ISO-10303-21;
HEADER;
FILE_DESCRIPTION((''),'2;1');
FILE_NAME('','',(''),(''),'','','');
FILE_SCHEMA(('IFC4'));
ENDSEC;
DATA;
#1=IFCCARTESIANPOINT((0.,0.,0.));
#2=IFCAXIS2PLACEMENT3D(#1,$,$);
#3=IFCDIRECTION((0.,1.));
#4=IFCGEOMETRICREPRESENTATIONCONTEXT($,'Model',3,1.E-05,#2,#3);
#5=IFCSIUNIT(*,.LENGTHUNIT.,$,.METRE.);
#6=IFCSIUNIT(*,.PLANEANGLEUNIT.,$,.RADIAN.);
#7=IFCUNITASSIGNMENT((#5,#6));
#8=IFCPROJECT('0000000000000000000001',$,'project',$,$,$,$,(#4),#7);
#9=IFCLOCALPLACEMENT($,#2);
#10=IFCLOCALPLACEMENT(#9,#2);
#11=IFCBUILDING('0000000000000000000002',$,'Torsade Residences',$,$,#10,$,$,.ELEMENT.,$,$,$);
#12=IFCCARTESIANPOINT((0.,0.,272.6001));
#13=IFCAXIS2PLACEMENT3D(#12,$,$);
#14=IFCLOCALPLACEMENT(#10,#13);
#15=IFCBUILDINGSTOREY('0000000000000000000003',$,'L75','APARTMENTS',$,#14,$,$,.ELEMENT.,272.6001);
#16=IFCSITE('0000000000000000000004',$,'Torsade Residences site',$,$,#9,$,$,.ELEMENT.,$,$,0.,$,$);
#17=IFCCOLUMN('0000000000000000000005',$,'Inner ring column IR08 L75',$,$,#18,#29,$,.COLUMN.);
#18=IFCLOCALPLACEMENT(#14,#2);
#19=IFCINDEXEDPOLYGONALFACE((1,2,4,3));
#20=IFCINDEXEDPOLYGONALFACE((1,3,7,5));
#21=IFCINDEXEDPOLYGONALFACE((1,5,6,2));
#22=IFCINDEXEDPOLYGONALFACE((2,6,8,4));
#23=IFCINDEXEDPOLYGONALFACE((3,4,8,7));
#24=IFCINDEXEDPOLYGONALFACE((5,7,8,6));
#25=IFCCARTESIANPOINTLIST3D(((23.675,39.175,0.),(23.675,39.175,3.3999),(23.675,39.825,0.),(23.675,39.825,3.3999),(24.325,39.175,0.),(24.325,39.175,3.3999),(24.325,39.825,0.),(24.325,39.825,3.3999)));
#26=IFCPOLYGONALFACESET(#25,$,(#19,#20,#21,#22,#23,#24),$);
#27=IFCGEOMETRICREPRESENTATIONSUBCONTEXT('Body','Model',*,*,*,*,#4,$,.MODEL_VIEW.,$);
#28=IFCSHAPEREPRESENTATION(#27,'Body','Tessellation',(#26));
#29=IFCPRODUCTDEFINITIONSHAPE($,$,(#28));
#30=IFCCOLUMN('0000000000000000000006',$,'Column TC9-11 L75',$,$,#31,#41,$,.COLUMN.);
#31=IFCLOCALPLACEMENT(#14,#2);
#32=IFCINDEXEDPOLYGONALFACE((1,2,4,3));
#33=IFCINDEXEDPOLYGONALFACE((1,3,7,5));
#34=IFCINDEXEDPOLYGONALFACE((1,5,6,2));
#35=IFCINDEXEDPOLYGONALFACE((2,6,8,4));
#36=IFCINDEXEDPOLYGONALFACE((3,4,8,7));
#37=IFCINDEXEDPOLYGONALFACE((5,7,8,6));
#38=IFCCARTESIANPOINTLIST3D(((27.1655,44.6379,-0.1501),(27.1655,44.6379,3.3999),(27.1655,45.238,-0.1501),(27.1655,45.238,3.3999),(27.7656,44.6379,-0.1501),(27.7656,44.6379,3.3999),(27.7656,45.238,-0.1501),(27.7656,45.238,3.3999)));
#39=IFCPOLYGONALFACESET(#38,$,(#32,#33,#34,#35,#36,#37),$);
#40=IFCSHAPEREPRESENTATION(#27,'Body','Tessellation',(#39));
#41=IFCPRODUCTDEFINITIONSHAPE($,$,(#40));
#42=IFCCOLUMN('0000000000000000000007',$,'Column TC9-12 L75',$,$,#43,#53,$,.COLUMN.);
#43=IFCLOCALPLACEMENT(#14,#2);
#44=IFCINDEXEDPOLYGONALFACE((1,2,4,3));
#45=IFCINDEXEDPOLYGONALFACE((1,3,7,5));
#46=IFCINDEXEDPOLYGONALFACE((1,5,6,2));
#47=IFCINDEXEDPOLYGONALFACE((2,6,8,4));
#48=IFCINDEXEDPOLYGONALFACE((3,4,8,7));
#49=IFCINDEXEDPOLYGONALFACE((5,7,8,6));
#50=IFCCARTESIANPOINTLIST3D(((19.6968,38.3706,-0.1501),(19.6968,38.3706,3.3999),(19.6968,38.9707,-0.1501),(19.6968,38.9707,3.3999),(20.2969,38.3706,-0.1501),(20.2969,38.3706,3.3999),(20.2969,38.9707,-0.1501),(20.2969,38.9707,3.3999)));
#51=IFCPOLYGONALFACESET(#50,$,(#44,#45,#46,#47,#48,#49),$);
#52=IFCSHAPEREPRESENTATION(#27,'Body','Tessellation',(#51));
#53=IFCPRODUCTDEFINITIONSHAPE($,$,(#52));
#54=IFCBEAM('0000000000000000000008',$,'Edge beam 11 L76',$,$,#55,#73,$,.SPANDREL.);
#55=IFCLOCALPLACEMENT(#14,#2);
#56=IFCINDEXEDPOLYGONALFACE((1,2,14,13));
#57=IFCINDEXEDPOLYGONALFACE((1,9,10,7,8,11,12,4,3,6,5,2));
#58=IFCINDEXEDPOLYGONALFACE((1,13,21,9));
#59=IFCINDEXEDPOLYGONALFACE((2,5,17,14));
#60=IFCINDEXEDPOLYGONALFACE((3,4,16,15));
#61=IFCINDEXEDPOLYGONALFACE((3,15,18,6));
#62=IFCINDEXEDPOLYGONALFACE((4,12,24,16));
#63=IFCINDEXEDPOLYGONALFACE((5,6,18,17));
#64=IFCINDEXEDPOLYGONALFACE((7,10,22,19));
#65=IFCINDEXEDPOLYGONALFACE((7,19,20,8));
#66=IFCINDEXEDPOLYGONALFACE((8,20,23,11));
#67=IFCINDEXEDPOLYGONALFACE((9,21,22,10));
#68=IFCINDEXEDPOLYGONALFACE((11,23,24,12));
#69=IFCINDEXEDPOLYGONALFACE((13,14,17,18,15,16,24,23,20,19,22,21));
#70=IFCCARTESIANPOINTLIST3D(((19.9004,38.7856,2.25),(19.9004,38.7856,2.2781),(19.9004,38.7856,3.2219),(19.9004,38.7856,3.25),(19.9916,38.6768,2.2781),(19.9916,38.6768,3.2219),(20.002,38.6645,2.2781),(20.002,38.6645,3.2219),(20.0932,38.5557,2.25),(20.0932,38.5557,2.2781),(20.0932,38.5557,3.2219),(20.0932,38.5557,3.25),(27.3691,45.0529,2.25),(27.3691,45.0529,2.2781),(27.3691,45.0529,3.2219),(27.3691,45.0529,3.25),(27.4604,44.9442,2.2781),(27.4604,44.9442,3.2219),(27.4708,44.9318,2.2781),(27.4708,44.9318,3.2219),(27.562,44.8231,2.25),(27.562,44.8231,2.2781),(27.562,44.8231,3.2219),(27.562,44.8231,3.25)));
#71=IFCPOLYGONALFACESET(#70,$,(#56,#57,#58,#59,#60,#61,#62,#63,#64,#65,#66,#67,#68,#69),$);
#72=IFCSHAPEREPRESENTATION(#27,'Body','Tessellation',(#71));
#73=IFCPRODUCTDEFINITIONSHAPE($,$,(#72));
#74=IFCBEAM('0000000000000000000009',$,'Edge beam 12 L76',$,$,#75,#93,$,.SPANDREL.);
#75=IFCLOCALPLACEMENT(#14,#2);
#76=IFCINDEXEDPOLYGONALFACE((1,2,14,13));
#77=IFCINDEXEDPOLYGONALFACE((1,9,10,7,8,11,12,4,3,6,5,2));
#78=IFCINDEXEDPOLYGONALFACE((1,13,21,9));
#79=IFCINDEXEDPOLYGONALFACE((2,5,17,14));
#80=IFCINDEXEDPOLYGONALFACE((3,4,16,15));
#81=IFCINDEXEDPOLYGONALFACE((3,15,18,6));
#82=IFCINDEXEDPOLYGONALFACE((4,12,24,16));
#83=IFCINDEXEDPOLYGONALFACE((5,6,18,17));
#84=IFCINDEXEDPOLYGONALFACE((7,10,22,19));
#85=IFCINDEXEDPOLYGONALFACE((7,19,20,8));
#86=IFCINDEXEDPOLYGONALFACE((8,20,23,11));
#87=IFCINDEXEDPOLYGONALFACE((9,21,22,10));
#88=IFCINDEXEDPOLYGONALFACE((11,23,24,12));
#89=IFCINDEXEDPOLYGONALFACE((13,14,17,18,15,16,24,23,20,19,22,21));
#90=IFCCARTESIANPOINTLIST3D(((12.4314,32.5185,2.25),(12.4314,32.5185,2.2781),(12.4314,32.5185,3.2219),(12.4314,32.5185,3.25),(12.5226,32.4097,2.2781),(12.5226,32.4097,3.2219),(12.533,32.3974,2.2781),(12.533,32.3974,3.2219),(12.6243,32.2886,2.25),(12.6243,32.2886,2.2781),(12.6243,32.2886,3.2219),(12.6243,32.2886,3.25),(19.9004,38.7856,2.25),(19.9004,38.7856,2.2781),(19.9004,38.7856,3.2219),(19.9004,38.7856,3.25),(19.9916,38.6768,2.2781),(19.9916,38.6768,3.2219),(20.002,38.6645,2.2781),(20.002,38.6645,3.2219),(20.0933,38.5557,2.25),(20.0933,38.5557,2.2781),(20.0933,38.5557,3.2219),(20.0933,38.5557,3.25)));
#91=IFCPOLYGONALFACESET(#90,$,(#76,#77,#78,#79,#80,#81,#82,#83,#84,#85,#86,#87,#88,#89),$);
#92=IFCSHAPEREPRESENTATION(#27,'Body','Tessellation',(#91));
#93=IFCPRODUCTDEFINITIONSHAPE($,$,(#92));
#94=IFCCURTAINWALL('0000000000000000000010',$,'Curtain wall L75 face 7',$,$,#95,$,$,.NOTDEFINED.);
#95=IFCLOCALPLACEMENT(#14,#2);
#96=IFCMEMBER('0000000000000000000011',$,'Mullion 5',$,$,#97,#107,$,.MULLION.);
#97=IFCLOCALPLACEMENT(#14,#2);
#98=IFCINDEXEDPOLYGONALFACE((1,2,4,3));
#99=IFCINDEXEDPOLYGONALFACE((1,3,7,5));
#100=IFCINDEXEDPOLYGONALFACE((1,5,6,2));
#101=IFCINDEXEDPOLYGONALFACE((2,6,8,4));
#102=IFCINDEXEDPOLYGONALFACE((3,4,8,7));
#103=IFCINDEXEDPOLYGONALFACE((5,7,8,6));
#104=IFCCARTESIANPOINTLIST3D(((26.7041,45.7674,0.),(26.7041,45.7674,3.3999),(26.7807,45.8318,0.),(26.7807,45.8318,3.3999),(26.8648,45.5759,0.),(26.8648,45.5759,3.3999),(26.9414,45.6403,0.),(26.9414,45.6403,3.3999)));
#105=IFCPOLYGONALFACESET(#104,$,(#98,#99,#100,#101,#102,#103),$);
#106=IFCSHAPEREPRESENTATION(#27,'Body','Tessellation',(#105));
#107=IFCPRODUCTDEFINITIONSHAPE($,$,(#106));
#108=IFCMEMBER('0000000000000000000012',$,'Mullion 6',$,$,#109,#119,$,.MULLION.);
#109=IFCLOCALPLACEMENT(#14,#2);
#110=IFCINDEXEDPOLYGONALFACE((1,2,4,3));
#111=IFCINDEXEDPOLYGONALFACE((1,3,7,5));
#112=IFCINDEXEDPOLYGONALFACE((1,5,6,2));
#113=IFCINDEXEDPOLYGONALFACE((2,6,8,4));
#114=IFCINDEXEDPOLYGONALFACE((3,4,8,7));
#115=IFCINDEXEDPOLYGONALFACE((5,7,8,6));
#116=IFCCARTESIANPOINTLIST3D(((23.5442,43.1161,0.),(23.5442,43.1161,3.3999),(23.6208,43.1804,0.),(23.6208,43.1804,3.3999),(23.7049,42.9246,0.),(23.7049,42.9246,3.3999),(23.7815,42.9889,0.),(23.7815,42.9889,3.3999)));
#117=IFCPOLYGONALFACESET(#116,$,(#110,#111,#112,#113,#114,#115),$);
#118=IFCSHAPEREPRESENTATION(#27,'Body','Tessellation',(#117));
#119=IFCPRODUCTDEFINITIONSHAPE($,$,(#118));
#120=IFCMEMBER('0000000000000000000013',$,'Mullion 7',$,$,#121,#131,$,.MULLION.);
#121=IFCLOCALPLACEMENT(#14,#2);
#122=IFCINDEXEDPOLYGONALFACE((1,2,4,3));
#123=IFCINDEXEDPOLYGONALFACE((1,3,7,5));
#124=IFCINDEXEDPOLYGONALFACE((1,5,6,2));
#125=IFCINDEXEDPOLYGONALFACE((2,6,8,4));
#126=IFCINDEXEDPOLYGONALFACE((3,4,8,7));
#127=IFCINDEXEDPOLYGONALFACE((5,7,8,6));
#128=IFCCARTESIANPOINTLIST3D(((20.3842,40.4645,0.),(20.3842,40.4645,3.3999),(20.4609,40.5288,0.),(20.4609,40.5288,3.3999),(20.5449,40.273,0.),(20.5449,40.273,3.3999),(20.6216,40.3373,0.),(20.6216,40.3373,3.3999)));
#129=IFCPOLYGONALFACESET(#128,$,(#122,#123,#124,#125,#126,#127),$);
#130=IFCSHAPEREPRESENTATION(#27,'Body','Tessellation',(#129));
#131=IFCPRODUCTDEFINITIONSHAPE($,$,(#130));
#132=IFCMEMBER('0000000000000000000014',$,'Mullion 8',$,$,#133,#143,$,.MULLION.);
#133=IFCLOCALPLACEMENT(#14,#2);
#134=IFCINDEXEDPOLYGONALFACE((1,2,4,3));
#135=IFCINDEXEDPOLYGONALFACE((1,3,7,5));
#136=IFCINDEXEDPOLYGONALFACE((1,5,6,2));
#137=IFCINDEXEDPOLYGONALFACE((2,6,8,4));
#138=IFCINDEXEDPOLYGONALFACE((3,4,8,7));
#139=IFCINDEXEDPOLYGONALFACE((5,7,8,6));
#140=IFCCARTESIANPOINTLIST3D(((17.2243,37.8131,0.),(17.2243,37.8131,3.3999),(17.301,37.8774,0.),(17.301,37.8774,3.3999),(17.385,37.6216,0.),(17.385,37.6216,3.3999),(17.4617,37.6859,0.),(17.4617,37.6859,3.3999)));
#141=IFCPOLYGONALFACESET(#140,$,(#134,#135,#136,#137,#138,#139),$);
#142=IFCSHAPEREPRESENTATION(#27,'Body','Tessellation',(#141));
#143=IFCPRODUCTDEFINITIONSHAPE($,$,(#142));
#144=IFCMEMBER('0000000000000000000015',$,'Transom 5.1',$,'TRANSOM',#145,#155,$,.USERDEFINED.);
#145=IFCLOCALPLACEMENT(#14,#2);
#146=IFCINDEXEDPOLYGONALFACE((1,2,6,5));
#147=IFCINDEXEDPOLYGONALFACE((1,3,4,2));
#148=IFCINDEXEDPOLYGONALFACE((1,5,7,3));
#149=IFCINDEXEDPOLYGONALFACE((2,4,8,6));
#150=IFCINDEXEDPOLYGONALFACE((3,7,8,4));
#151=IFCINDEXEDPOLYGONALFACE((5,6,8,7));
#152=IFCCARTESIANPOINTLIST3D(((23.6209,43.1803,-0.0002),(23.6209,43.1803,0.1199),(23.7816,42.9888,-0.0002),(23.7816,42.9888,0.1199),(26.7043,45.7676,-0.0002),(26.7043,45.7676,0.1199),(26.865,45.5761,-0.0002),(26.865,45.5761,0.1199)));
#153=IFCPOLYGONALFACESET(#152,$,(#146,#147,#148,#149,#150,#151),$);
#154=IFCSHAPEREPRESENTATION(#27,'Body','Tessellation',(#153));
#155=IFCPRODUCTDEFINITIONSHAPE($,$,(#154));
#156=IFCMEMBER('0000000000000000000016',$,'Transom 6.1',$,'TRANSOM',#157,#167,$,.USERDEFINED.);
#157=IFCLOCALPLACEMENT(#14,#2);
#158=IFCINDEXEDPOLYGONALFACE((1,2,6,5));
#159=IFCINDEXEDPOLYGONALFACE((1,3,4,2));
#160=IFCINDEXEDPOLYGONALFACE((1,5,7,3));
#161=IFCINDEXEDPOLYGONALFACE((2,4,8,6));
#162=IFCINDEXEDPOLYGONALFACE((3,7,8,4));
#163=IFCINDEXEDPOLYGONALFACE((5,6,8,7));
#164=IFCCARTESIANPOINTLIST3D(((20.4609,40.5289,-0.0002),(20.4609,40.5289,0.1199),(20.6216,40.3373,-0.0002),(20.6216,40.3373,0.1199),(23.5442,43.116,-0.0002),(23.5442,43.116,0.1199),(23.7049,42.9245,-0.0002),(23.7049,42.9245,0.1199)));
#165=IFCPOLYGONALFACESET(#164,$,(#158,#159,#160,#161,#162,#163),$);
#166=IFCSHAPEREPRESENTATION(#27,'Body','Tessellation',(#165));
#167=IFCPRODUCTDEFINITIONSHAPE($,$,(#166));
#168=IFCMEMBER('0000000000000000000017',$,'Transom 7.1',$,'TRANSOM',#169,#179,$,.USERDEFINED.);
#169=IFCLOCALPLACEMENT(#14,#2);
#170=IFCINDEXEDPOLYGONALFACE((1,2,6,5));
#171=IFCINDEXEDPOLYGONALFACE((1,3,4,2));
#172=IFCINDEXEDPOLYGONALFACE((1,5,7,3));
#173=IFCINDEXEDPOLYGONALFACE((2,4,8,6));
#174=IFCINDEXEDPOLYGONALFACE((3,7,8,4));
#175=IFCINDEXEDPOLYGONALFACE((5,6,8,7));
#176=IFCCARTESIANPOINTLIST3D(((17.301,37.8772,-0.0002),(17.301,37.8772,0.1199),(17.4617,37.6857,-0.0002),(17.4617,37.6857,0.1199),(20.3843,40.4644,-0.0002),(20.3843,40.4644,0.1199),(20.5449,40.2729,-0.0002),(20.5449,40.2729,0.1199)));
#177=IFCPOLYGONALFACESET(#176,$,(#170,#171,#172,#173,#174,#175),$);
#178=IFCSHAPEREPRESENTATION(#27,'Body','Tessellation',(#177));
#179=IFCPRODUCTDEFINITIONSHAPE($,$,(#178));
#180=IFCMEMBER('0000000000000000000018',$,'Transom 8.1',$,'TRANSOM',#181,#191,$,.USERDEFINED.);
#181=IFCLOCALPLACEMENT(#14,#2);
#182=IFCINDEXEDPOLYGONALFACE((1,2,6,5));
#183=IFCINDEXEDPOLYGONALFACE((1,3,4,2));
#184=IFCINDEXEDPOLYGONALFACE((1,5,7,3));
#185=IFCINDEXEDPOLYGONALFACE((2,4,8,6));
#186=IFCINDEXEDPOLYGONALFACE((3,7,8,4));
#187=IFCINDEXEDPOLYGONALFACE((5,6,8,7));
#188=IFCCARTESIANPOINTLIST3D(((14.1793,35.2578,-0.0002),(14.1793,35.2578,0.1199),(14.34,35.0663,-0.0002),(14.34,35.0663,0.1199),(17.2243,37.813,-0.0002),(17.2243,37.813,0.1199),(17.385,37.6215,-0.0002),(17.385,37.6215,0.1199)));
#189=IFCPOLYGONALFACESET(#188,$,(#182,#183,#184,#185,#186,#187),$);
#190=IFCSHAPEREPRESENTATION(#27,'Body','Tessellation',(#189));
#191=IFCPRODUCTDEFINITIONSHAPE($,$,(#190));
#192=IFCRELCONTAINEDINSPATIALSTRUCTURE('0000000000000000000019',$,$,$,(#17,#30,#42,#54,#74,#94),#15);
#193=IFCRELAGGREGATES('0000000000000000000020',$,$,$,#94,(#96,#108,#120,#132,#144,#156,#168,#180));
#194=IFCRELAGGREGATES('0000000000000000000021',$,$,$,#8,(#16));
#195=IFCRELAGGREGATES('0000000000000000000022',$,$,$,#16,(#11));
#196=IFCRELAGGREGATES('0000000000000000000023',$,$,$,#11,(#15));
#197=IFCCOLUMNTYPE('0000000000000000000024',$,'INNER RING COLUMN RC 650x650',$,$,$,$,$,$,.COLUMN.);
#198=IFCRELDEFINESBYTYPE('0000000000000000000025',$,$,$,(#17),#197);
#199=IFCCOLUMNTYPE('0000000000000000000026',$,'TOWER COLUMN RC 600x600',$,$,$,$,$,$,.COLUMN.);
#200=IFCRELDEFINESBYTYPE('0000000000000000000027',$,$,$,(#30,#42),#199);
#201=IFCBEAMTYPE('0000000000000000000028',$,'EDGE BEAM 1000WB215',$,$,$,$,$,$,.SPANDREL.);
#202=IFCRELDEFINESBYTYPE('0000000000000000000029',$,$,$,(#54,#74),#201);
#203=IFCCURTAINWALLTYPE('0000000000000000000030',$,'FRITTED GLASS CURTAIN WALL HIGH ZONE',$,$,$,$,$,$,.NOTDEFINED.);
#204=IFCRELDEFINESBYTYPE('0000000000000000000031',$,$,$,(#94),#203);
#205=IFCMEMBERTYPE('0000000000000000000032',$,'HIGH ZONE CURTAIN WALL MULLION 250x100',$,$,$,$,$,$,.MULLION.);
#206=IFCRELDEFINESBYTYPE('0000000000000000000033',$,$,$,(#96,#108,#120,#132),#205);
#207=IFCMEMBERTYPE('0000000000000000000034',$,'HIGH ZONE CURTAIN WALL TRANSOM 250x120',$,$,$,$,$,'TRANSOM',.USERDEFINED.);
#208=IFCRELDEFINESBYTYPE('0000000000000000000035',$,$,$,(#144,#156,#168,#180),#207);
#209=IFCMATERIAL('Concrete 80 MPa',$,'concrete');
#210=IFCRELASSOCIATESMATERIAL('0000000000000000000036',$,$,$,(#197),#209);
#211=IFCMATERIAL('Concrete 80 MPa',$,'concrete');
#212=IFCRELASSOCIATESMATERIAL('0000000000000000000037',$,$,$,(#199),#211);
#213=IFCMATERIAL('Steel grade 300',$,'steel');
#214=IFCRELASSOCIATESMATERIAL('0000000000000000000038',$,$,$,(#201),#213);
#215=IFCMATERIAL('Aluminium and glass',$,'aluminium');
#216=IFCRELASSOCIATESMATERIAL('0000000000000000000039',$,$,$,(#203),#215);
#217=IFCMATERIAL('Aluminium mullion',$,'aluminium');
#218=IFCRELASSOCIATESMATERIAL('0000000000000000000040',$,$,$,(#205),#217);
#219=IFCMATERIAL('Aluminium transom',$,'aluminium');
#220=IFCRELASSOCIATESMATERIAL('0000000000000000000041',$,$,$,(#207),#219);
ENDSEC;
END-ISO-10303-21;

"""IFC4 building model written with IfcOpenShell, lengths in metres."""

from ifc_helpers import new_model, si_unit, direction, frame, origin, origin_2d, place, context, subcontext, project, spatial, rectangle, i_section, extrude, material, material_profile, profile_set, type_object, element, aggregate, save


model = new_model("IFC4")

# Units and contexts
model_context = context("Model", 3, precision=1e-05, world=origin(), true_north=direction((0.0, 1.0)))
body_context = subcontext(model_context, "Body", "Model", "MODEL_VIEW")
ifc_project = project(units=[si_unit("LENGTHUNIT", "METRE"), si_unit("PLANEANGLEUNIT", "RADIAN")], contexts=[model_context])

# Site, building, storey
site_placement = place(None, origin())
site = spatial("IfcSite", under=ifc_project, at=site_placement, Name="Torsade Residences site", CompositionType="ELEMENT", RefElevation=0.0)
building_placement = place(site_placement, origin())
building = spatial("IfcBuilding", under=site, at=building_placement, Name="Torsade Residences", CompositionType="ELEMENT")
storey_placement = place(building_placement, frame((0.0, 0.0, 272.6001)))
storey = spatial("IfcBuildingStorey", under=building, at=storey_placement, Name="L75", Description="APARTMENTS", CompositionType="ELEMENT", Elevation=272.6001)

# Columns
ifc_material_1 = material(Name="Concrete 80 MPa", Category="concrete")
ifc_material_profile_1 = material_profile(ifc_material_1, rectangle(XDim=0.6499, YDim=0.6499, at=origin_2d()), Name="RC 650x650")
ifc_profile_set_1 = profile_set([ifc_material_profile_1], Name="Concrete 80 MPa")
column_type_1 = type_object("IfcColumnType", Name="INNER RING COLUMN RC 650x650", PredefinedType="COLUMN", material=ifc_profile_set_1)
column_placement = place(storey_placement, frame((24.0, 39.5, 0.0), z_axis=(0.0, 0.0, 1.0), x_axis=(1.0, 0.0, 0.0)))
element("IfcColumn", 1, at=column_placement, inside=storey, type_object=column_type_1, Name="Inner ring column IR08 L75", PredefinedType="COLUMN", context=body_context, shape_type="SweptSolid", body=[
    extrude(rectangle(XDim=0.6499, YDim=0.6499, at=origin_2d()), origin(), (0.0, 0.0, 1.0), 3.3999),
])
ifc_material_2 = material(Name="Concrete 80 MPa", Category="concrete")
ifc_material_profile_2 = material_profile(ifc_material_2, rectangle(XDim=0.6001, YDim=0.6001, at=origin_2d()), Name="RC 600x600")
ifc_profile_set_2 = profile_set([ifc_material_profile_2], Name="Concrete 80 MPa")
column_type_2 = type_object("IfcColumnType", Name="TOWER COLUMN RC 600x600", PredefinedType="COLUMN", material=ifc_profile_set_2)
for number, where, z_axis, x_axis, name in (
    (2, (27.4656, 44.938, -0.1501), (0.0, 0.0, 1.0), (1.0, 0.0, 0.0), "Column TC9-11 L75"),
    (3, (19.9968, 38.6707, -0.1501), (0.0, 0.0, 1.0), (1.0, 0.0, 0.0), "Column TC9-12 L75"),
):
    element("IfcColumn", number, at=place(storey_placement, frame(where, z_axis=z_axis, x_axis=x_axis)), inside=storey, type_object=column_type_2, Name=name, PredefinedType="COLUMN", context=body_context, shape_type="SweptSolid", body=[
        extrude(rectangle(XDim=0.6001, YDim=0.6001, at=origin_2d()), origin(), (0.0, 0.0, 1.0), 3.55),
    ])

# Beams
ifc_material_3 = material(Name="Steel grade 300", Category="steel")
ifc_material_profile_3 = material_profile(ifc_material_3, i_section(OverallWidth=0.3, OverallDepth=1.0, WebThickness=0.0161, FlangeThickness=0.0281, at=origin_2d()), Name="1000WB215")
ifc_profile_set_3 = profile_set([ifc_material_profile_3], Name="Steel grade 300")
beam_type_1 = type_object("IfcBeamType", Name="EDGE BEAM 1000WB215", PredefinedType="SPANDREL", material=ifc_profile_set_3)
for number, where, z_axis, x_axis, name in (
    (4, (27.4656, 44.938, 2.75), (-0.766029, -0.642806, 0.0), (0.642806, -0.766029, 0.0), "Edge beam 11 L76"),
    (5, (19.9968, 38.6707, 2.75), (-0.766052, -0.642779, 0.0), (0.642779, -0.766052, 0.0), "Edge beam 12 L76"),
):
    element("IfcBeam", number, at=place(storey_placement, frame(where, z_axis=z_axis, x_axis=x_axis)), inside=storey, type_object=beam_type_1, Name=name, PredefinedType="SPANDREL", context=body_context, shape_type="SweptSolid", body=[
        extrude(i_section(OverallWidth=0.3, OverallDepth=1.0, WebThickness=0.0161, FlangeThickness=0.0281, at=origin_2d()), origin(), (0.0, 0.0, 1.0), 9.75),
    ])

# Curtain wall, members
ifc_material_4 = material(Name="Aluminium and glass", Category="aluminium")
curtain_wall_type = type_object("IfcCurtainWallType", Name="FRITTED GLASS CURTAIN WALL HIGH ZONE", PredefinedType="NOTDEFINED", material=ifc_material_4)
curtain_wall_placement = place(storey_placement, origin())
curtain_wall = element("IfcCurtainWall", 6, at=curtain_wall_placement, inside=storey, type_object=curtain_wall_type, Name="Curtain wall L75 face 7", PredefinedType="NOTDEFINED")
ifc_material_5 = material(Name="Aluminium mullion", Category="aluminium")
ifc_material_profile_4 = material_profile(ifc_material_5, rectangle(XDim=0.25, YDim=0.1001, at=origin_2d()), Name="HIGH ZONE CURTAIN WALL MULLION 250x100")
ifc_profile_set_4 = profile_set([ifc_material_profile_4], Name="Aluminium mullion")
member_type_1 = type_object("IfcMemberType", Name="HIGH ZONE CURTAIN WALL MULLION 250x100", PredefinedType="MULLION", material=ifc_profile_set_4)
member_1_placement = place(storey_placement, frame((26.8228, 45.7039, 0.0), z_axis=(0.0, 0.0, 1.0), x_axis=(0.642788, -0.766044, 0.0)))
member_1 = element("IfcMember", 7, at=member_1_placement, type_object=member_type_1, Name="Mullion 5", PredefinedType="MULLION", context=body_context, shape_type="SweptSolid", body=[
    extrude(rectangle(XDim=0.25, YDim=0.1001, at=origin_2d()), origin(), (0.0, 0.0, 1.0), 3.3999),
])
member_2_placement = place(storey_placement, frame((23.6628, 43.0525, 0.0), z_axis=(0.0, 0.0, 1.0), x_axis=(0.642788, -0.766044, 0.0)))
member_2 = element("IfcMember", 8, at=member_2_placement, type_object=member_type_1, Name="Mullion 6", PredefinedType="MULLION", context=body_context, shape_type="SweptSolid", body=[
    extrude(rectangle(XDim=0.25, YDim=0.1001, at=origin_2d()), origin(), (0.0, 0.0, 1.0), 3.3999),
])
member_3_placement = place(storey_placement, frame((20.5029, 40.4009, 0.0), z_axis=(0.0, 0.0, 1.0), x_axis=(0.642788, -0.766044, 0.0)))
member_3 = element("IfcMember", 9, at=member_3_placement, type_object=member_type_1, Name="Mullion 7", PredefinedType="MULLION", context=body_context, shape_type="SweptSolid", body=[
    extrude(rectangle(XDim=0.25, YDim=0.1001, at=origin_2d()), origin(), (0.0, 0.0, 1.0), 3.3999),
])
member_4_placement = place(storey_placement, frame((17.343, 37.7495, 0.0), z_axis=(0.0, 0.0, 1.0), x_axis=(0.642788, -0.766044, 0.0)))
member_4 = element("IfcMember", 10, at=member_4_placement, type_object=member_type_1, Name="Mullion 8", PredefinedType="MULLION", context=body_context, shape_type="SweptSolid", body=[
    extrude(rectangle(XDim=0.25, YDim=0.1001, at=origin_2d()), origin(), (0.0, 0.0, 1.0), 3.3999),
])
ifc_material_6 = material(Name="Aluminium transom", Category="aluminium")
ifc_material_profile_5 = material_profile(ifc_material_6, rectangle(XDim=0.25, YDim=0.1201, at=origin_2d()), Name="HIGH ZONE CURTAIN WALL TRANSOM 250x120")
ifc_profile_set_5 = profile_set([ifc_material_profile_5], Name="Aluminium transom")
member_type_2 = type_object("IfcMemberType", Name="HIGH ZONE CURTAIN WALL TRANSOM 250x120", ElementType="TRANSOM", PredefinedType="USERDEFINED", material=ifc_profile_set_5)
member_5_placement = place(storey_placement, frame((26.7847, 45.6719, 0.0598), z_axis=(-0.766039, -0.642794, 0.0), x_axis=(0.642794, -0.766039, 0.0)))
member_5 = element("IfcMember", 11, at=member_5_placement, type_object=member_type_2, Name="Transom 5.1", ObjectType="TRANSOM", PredefinedType="USERDEFINED", context=body_context, shape_type="SweptSolid", body=[
    extrude(rectangle(XDim=0.25, YDim=0.1201, at=origin_2d()), origin(), (0.0, 0.0, 1.0), 4.0251),
])
member_6_placement = place(storey_placement, frame((23.6245, 43.0203, 0.0598), z_axis=(-0.766044, -0.642788, 0.0), x_axis=(0.642788, -0.766044, 0.0)))
member_6 = element("IfcMember", 12, at=member_6_placement, type_object=member_type_2, Name="Transom 6.1", ObjectType="TRANSOM", PredefinedType="USERDEFINED", context=body_context, shape_type="SweptSolid", body=[
    extrude(rectangle(XDim=0.25, YDim=0.1201, at=origin_2d()), origin(), (0.0, 0.0, 1.0), 4.0249),
])
member_7_placement = place(storey_placement, frame((20.4646, 40.3687, 0.0598), z_axis=(-0.766044, -0.642788, 0.0), x_axis=(0.642788, -0.766044, 0.0)))
member_7 = element("IfcMember", 13, at=member_7_placement, type_object=member_type_2, Name="Transom 7.1", ObjectType="TRANSOM", PredefinedType="USERDEFINED", context=body_context, shape_type="SweptSolid", body=[
    extrude(rectangle(XDim=0.25, YDim=0.1201, at=origin_2d()), origin(), (0.0, 0.0, 1.0), 4.0249),
])
member_8_placement = place(storey_placement, frame((17.3047, 37.7173, 0.0598), z_axis=(-0.766022, -0.642815, 0.0), x_axis=(0.642815, -0.766022, 0.0)))
member_8 = element("IfcMember", 14, at=member_8_placement, type_object=member_type_2, Name="Transom 8.1", ObjectType="TRANSOM", PredefinedType="USERDEFINED", context=body_context, shape_type="SweptSolid", body=[
    extrude(rectangle(XDim=0.25, YDim=0.1201, at=origin_2d()), origin(), (0.0, 0.0, 1.0), 3.9751),
])

aggregate(curtain_wall, [member_1, member_2, member_3, member_4, member_5, member_6, member_7, member_8])

save(model, "model.ifc")
